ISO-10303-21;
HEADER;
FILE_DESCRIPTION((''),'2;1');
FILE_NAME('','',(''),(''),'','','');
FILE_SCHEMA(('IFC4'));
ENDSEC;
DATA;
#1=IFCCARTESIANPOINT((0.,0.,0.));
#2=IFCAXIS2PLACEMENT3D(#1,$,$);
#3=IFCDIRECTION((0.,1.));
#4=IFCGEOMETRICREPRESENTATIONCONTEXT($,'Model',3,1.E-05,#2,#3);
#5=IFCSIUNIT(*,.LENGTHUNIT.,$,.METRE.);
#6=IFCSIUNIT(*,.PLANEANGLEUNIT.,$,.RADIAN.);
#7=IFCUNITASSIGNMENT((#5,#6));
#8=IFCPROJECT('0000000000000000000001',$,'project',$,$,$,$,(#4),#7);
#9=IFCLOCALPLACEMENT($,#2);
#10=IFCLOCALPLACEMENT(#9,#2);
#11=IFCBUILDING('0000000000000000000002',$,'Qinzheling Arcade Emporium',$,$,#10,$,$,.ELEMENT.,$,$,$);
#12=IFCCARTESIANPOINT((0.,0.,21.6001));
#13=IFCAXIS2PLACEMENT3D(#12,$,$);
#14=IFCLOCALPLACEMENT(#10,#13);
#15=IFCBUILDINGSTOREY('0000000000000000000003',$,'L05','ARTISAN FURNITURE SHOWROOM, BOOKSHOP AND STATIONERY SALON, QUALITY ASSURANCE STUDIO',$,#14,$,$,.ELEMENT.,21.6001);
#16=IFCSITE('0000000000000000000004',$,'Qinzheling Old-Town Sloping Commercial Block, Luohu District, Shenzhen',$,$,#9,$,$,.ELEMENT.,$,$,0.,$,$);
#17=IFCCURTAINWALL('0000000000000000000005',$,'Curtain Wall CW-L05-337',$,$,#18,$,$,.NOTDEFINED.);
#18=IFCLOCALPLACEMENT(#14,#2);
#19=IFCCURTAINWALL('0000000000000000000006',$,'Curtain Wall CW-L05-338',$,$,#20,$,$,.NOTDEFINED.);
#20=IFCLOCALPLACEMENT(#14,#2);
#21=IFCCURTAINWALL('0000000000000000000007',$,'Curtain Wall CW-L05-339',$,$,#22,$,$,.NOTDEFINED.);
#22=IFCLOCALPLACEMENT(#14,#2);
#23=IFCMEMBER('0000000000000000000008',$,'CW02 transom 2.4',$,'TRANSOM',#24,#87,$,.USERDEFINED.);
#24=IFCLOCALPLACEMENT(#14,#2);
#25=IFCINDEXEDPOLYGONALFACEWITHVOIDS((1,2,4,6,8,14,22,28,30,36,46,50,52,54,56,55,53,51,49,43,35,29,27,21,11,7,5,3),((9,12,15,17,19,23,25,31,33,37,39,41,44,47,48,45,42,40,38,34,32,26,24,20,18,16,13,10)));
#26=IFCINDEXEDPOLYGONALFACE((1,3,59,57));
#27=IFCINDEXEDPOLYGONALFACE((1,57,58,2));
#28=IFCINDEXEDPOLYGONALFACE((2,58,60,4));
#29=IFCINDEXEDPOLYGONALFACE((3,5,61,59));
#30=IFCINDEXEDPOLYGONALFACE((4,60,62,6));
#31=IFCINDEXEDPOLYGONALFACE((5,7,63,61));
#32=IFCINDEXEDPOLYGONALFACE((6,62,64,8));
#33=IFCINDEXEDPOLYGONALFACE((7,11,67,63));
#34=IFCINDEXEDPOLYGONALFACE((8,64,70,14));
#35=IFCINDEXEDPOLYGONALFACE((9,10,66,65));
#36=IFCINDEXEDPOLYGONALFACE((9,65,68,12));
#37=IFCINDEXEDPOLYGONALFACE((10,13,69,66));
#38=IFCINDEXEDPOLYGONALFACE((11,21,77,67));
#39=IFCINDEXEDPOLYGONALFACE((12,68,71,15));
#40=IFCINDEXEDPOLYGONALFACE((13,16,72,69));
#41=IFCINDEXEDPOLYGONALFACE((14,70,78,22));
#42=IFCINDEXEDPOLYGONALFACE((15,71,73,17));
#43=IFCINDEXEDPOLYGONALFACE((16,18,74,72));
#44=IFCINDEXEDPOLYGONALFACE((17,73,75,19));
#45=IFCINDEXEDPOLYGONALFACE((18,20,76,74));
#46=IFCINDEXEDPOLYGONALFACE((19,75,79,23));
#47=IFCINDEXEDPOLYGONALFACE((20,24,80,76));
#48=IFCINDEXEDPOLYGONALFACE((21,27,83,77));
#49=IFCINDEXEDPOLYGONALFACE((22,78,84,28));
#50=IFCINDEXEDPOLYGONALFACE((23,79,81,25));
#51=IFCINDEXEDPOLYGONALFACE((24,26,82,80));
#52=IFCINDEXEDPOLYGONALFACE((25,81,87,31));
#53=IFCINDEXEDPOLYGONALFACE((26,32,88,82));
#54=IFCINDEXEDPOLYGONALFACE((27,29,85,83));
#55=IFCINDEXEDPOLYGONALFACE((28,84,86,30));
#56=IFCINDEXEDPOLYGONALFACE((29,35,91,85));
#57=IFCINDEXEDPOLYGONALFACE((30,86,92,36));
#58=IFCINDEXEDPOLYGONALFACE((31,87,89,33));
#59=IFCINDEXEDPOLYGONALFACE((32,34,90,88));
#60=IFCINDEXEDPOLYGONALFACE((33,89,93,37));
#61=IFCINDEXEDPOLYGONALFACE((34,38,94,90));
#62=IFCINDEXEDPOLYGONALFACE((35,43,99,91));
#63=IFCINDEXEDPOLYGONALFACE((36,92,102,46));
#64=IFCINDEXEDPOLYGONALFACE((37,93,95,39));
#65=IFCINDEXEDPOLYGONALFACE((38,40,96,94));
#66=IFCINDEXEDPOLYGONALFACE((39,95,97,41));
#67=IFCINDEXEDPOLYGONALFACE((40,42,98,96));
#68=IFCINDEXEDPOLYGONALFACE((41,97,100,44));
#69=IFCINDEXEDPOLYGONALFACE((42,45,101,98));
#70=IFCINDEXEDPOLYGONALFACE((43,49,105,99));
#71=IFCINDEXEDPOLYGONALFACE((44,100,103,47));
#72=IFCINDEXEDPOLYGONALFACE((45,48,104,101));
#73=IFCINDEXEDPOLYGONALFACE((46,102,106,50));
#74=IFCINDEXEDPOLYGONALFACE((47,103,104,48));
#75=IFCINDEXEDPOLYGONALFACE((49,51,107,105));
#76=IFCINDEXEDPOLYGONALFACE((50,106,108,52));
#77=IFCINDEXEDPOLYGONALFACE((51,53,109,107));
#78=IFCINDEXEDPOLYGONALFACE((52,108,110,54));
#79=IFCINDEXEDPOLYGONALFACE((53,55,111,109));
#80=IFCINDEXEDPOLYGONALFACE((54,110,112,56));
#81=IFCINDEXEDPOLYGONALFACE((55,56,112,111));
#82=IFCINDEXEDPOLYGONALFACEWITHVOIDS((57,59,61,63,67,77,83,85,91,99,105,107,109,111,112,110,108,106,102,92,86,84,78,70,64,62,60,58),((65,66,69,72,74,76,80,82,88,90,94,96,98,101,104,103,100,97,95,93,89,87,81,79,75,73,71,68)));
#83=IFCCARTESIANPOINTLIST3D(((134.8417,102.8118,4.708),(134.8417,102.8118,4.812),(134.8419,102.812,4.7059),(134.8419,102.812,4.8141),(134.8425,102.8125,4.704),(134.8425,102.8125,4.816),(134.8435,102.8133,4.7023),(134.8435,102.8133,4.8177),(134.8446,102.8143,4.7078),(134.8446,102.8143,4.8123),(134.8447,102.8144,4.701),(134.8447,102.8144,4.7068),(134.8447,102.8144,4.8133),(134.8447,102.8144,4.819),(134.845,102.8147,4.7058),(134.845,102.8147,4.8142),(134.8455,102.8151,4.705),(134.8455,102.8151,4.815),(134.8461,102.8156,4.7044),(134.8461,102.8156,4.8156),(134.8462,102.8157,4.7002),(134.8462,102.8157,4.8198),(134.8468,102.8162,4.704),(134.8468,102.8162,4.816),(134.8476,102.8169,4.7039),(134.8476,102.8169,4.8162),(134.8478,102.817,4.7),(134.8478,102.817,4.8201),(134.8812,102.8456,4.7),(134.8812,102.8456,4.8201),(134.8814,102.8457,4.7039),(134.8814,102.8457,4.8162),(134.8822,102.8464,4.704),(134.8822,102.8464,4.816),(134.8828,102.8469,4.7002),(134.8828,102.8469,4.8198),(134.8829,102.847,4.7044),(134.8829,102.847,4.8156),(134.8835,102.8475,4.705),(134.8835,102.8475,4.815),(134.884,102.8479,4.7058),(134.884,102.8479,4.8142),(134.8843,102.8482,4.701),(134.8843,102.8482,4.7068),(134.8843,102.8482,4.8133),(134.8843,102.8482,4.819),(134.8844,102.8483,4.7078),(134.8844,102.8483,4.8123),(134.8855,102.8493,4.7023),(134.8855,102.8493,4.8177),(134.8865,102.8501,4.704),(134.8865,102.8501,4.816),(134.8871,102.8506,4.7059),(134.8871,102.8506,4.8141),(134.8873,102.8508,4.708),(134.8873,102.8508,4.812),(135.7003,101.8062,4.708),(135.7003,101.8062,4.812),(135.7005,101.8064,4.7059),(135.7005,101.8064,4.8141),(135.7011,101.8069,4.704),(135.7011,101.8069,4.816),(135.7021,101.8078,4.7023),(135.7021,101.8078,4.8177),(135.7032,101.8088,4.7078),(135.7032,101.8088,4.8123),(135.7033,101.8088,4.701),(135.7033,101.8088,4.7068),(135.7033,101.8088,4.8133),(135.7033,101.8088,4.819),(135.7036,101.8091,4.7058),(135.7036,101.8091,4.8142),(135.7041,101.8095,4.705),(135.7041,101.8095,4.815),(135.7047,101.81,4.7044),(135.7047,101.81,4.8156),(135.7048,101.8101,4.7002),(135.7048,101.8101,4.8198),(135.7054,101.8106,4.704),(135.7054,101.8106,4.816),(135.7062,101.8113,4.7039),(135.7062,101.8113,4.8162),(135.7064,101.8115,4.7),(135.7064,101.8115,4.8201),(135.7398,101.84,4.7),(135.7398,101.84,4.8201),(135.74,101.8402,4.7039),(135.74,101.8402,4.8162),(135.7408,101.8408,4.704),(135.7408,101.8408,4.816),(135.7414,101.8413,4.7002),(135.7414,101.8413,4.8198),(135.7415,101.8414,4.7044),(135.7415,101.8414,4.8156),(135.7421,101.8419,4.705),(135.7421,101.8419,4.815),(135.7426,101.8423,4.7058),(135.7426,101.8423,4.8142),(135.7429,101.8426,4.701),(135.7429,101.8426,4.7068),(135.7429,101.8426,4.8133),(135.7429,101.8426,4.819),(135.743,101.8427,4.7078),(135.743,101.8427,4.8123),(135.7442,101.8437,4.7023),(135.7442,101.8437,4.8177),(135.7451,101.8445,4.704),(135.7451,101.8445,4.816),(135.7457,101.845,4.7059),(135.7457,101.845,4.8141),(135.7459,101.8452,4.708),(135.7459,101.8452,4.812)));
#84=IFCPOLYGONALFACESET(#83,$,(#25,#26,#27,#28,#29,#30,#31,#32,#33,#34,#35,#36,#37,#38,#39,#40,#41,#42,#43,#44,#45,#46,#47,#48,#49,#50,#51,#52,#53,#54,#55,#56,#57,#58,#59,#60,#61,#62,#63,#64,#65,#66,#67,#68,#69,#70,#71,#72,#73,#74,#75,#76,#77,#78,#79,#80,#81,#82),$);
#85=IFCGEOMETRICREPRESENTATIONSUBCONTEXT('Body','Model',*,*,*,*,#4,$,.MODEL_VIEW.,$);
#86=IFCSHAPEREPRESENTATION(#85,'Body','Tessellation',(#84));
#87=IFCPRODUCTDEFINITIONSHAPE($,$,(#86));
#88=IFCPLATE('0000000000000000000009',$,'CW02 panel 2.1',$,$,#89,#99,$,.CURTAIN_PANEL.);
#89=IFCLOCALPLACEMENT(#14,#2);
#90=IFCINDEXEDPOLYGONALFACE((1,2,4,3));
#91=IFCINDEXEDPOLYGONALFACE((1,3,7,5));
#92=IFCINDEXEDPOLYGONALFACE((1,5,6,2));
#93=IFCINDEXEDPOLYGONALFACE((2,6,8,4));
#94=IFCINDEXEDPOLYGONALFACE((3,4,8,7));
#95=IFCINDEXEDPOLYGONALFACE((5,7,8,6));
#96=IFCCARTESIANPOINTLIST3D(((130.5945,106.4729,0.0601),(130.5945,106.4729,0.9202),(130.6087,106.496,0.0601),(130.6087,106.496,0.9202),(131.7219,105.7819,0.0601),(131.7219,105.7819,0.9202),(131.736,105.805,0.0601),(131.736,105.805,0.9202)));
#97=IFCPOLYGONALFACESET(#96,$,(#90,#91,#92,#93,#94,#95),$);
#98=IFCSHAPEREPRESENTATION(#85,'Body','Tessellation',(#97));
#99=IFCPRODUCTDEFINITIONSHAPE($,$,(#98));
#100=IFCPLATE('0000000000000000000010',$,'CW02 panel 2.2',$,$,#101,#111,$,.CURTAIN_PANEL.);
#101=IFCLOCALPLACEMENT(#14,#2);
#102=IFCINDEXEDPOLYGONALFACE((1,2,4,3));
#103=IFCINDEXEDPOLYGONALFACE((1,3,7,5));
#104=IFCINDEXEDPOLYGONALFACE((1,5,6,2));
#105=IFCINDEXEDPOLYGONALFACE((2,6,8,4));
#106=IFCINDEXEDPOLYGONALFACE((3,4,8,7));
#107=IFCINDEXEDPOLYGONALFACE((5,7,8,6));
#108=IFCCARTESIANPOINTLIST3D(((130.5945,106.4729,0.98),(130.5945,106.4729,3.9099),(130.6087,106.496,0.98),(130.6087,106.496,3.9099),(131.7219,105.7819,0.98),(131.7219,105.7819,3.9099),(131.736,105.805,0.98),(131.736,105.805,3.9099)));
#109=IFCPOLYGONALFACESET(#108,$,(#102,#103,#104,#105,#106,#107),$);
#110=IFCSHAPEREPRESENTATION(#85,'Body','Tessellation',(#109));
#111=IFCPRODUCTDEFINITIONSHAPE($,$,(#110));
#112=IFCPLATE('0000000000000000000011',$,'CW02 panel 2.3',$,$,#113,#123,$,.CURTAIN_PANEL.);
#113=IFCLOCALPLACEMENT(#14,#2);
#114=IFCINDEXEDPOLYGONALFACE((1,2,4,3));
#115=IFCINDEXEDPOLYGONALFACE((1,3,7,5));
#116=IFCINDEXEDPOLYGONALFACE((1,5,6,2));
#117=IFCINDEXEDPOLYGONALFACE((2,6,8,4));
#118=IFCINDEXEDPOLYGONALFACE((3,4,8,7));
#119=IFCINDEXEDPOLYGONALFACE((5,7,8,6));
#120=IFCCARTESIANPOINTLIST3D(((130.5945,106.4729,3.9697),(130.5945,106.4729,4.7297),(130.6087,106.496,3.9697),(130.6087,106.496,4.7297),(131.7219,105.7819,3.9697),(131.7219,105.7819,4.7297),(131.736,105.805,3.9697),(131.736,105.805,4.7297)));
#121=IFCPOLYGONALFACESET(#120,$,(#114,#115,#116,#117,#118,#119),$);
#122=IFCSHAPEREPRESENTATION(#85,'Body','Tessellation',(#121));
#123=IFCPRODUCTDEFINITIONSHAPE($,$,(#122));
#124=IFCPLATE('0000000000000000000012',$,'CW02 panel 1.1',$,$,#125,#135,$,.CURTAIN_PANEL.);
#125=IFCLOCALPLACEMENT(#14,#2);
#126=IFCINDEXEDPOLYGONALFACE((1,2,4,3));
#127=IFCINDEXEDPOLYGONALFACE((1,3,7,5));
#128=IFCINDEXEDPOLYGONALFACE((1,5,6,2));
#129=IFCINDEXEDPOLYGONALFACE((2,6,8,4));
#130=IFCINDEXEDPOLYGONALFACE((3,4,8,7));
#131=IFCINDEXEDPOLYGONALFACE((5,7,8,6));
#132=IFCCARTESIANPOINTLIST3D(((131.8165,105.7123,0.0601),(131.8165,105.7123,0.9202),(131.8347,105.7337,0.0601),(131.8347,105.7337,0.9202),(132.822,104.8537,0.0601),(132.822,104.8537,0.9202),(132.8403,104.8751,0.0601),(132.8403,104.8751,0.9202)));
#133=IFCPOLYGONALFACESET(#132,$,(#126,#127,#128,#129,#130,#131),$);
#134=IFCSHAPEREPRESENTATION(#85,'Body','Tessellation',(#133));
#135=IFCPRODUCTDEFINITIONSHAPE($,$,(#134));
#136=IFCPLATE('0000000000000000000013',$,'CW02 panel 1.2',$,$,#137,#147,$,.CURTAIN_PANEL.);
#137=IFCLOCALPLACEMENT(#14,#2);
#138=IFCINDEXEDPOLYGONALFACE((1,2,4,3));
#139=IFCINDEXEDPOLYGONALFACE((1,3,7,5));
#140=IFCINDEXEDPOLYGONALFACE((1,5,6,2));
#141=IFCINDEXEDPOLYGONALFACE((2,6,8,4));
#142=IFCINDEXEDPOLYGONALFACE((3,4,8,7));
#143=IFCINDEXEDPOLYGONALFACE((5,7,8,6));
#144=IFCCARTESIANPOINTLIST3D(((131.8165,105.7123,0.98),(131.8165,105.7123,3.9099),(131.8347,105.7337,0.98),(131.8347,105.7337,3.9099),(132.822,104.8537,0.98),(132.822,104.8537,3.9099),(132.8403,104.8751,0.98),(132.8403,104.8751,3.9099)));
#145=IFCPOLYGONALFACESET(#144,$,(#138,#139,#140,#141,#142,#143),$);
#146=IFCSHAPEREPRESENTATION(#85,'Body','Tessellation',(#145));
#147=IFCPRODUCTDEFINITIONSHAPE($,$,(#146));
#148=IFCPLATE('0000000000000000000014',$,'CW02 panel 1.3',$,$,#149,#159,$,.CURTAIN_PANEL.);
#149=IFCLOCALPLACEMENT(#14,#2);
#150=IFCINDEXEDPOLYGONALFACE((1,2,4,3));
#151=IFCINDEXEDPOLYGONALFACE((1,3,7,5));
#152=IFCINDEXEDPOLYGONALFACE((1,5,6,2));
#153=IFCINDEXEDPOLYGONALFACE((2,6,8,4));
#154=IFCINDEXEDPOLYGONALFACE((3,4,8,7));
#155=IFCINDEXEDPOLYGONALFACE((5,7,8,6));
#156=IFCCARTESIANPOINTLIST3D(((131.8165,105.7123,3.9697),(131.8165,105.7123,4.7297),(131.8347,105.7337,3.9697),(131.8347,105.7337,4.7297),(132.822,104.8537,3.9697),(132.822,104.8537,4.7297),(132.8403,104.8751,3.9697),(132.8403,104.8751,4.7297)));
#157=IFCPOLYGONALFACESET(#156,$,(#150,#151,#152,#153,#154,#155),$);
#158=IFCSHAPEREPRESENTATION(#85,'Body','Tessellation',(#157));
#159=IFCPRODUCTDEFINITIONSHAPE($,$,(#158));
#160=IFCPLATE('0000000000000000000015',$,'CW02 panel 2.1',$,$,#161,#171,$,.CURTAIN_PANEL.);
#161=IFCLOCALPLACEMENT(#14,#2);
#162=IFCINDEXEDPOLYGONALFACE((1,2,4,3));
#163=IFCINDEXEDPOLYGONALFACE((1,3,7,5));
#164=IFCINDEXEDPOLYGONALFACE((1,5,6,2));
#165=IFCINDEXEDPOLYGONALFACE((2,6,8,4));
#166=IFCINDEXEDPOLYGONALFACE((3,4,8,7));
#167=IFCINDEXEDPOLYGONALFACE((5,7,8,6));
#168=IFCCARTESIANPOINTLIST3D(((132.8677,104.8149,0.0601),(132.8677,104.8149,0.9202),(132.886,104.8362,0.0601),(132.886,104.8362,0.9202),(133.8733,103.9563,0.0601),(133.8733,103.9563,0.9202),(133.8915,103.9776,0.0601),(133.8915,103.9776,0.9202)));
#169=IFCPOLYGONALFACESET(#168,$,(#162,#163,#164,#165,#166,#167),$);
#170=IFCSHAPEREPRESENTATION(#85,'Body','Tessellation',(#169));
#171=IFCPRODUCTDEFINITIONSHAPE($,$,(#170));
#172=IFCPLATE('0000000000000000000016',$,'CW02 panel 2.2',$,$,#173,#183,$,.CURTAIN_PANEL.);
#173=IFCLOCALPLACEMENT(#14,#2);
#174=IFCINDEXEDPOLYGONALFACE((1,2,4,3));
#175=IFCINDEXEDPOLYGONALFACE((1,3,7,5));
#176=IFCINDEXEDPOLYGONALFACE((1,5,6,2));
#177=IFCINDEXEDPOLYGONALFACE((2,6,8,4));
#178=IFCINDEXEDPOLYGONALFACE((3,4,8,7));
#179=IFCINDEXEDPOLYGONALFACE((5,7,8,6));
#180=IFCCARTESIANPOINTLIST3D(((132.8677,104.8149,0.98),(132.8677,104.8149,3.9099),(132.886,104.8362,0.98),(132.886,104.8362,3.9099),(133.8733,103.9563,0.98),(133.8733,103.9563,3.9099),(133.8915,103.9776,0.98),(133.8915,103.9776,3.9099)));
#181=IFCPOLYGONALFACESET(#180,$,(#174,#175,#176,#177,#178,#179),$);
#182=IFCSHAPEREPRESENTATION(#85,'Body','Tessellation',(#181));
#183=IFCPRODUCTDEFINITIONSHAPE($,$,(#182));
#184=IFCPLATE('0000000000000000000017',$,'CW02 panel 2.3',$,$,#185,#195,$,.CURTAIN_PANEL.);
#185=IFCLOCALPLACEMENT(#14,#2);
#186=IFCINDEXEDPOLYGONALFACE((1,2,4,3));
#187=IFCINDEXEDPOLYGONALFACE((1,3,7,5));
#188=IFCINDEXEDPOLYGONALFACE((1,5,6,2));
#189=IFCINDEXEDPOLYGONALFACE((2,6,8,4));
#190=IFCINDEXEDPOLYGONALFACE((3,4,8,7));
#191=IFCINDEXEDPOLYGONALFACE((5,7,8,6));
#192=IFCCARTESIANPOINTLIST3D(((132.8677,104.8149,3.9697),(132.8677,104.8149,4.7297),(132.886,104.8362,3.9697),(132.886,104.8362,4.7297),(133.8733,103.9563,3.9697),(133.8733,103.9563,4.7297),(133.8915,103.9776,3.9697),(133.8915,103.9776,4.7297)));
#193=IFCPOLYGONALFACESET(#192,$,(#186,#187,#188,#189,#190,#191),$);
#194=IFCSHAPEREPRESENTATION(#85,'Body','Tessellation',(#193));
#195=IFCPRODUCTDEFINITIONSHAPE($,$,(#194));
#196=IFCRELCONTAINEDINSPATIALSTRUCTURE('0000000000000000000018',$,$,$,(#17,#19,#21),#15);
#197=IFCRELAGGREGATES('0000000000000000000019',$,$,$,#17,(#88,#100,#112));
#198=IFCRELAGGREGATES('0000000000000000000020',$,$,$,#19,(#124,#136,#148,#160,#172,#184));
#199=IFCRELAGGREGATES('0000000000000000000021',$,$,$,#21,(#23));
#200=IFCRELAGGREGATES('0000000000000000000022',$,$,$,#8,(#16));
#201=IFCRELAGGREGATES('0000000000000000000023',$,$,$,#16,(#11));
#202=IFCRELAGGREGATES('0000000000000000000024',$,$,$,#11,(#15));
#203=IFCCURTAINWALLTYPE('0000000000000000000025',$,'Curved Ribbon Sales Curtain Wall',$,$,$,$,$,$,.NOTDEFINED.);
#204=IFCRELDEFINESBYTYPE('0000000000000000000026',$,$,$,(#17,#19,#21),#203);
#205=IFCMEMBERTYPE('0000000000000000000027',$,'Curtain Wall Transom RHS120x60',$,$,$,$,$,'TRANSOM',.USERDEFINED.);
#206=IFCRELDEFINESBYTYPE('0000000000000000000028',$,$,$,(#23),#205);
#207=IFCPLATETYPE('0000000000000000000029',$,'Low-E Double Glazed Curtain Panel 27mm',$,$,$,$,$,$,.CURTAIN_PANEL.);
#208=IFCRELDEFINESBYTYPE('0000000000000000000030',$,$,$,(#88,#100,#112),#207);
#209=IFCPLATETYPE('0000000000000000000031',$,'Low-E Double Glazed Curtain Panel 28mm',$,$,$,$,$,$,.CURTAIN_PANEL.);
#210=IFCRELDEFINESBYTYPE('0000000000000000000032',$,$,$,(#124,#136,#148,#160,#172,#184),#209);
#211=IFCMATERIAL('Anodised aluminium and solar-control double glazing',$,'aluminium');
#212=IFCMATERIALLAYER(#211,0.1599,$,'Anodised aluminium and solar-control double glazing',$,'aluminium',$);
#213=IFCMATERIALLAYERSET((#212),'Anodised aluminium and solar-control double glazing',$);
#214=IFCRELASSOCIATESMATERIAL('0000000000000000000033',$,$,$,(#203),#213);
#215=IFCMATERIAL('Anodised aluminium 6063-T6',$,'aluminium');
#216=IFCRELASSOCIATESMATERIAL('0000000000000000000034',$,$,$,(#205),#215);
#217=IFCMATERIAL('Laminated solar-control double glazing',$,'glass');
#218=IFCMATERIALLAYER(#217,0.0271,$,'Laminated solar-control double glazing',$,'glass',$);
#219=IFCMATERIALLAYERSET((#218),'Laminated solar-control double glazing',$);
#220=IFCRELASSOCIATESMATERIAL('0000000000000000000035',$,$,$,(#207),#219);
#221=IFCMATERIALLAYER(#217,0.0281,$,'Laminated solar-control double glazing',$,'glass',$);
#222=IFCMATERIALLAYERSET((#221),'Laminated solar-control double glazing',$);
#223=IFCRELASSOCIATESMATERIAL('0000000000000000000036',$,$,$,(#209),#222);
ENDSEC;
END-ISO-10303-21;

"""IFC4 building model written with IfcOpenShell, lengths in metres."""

from ifc_helpers import new_model, si_unit, direction, frame, origin, origin_2d, place, context, subcontext, project, spatial, rectangle, hollow_rectangle, extrude, material, layer, layer_set, material_profile, profile_set, type_object, element, aggregate, save


model = new_model("IFC4")

# Units and contexts
model_context = context("Model", 3, precision=1e-05, world=origin(), true_north=direction((0.0, 1.0)))
body_context = subcontext(model_context, "Body", "Model", "MODEL_VIEW")
ifc_project = project(units=[si_unit("LENGTHUNIT", "METRE"), si_unit("PLANEANGLEUNIT", "RADIAN")], contexts=[model_context])

# Site, building, storey
site_placement = place(None, origin())
site = spatial("IfcSite", under=ifc_project, at=site_placement, Name="Qinzheling Old-Town Sloping Commercial Block, Luohu District, Shenzhen", CompositionType="ELEMENT", RefElevation=0.0)
building_placement = place(site_placement, origin())
building = spatial("IfcBuilding", under=site, at=building_placement, Name="Qinzheling Arcade Emporium", CompositionType="ELEMENT")
storey_placement = place(building_placement, frame((0.0, 0.0, 21.6001)))
storey = spatial("IfcBuildingStorey", under=building, at=storey_placement, Name="L05", Description="ARTISAN FURNITURE SHOWROOM, BOOKSHOP AND STATIONERY SALON, QUALITY ASSURANCE STUDIO", CompositionType="ELEMENT", Elevation=21.6001)

# Curtain wall
ifc_material_1 = material(Name="Anodised aluminium and solar-control double glazing", Category="aluminium")
ifc_layer_1 = layer(ifc_material_1, 0.1599, Name="Anodised aluminium and solar-control double glazing", Category="aluminium")
ifc_layer_set_1 = layer_set([ifc_layer_1], Name="Anodised aluminium and solar-control double glazing")
curtain_wall_type = type_object("IfcCurtainWallType", Name="Curved Ribbon Sales Curtain Wall", PredefinedType="NOTDEFINED", material=ifc_layer_set_1)
curtain_wall_1_placement = place(storey_placement, origin())
curtain_wall_1 = element("IfcCurtainWall", 1, at=curtain_wall_1_placement, inside=storey, type_object=curtain_wall_type, Name="Curtain Wall CW-L05-337", PredefinedType="NOTDEFINED")
ifc_material_2 = material(Name="Anodised aluminium 6063-T6", Category="aluminium")

# Curtain walls
curtain_wall_2_placement = place(storey_placement, origin())
curtain_wall_2 = element("IfcCurtainWall", 2, at=curtain_wall_2_placement, inside=storey, type_object=curtain_wall_type, Name="Curtain Wall CW-L05-338", PredefinedType="NOTDEFINED")
curtain_wall_3_placement = place(storey_placement, origin())
curtain_wall_3 = element("IfcCurtainWall", 3, at=curtain_wall_3_placement, inside=storey, type_object=curtain_wall_type, Name="Curtain Wall CW-L05-339", PredefinedType="NOTDEFINED")

# Member
ifc_material_profile_1 = material_profile(ifc_material_2, hollow_rectangle(XDim=0.0601, YDim=0.1201, WallThickness=0.0039, InnerFilletRadius=0.0039, OuterFilletRadius=0.0081, at=origin_2d()), Name="RHS 120x60x4", Category="aluminium")
ifc_profile_set_1 = profile_set([ifc_material_profile_1], Name="Anodised aluminium 6063-T6")
member_type_1 = type_object("IfcMemberType", Name="Curtain Wall Transom RHS120x60", ElementType="TRANSOM", PredefinedType="USERDEFINED", material=ifc_profile_set_1)
member_1_placement = place(storey_placement, frame((134.8645, 102.8313, 4.76), z_axis=(0.649346, -0.760493, 0.0), x_axis=(0.760493, 0.649346, 0.0)))
member_1 = element("IfcMember", 4, at=member_1_placement, type_object=member_type_1, Name="CW02 transom 2.4", ObjectType="TRANSOM", PredefinedType="USERDEFINED", context=body_context, shape_type="SweptSolid", body=[
    extrude(hollow_rectangle(XDim=0.0601, YDim=0.1201, WallThickness=0.0039, InnerFilletRadius=0.0039, OuterFilletRadius=0.0081, at=origin_2d()), origin(), (0.0, 0.0, 1.0), 1.3223),
])

# Plates
ifc_material_3 = material(Name="Laminated solar-control double glazing", Category="glass")
ifc_layer_2 = layer(ifc_material_3, 0.0271, Name="Laminated solar-control double glazing", Category="glass")
ifc_layer_set_2 = layer_set([ifc_layer_2], Name="Laminated solar-control double glazing")
plate_type_1 = type_object("IfcPlateType", Name="Low-E Double Glazed Curtain Panel 27mm", PredefinedType="CURTAIN_PANEL", material=ifc_layer_set_2)
plate_1_placement = place(storey_placement, frame((131.1653, 106.1389, 0.0601), z_axis=(0.0, 0.0, 1.0), x_axis=(0.852581, -0.522595, 0.0)))
plate_1 = element("IfcPlate", 5, at=plate_1_placement, type_object=plate_type_1, Name="CW02 panel 2.1", PredefinedType="CURTAIN_PANEL", context=body_context, shape_type="SweptSolid", body=[
    extrude(rectangle(XDim=1.3223, YDim=0.0271, at=origin_2d()), origin(), (0.0, 0.0, 1.0), 0.8601),
])
plate_2_placement = place(storey_placement, frame((131.1653, 106.1389, 0.98), z_axis=(0.0, 0.0, 1.0), x_axis=(0.852581, -0.522595, 0.0)))
plate_2 = element("IfcPlate", 6, at=plate_2_placement, type_object=plate_type_1, Name="CW02 panel 2.2", PredefinedType="CURTAIN_PANEL", context=body_context, shape_type="SweptSolid", body=[
    extrude(rectangle(XDim=1.3223, YDim=0.0271, at=origin_2d()), origin(), (0.0, 0.0, 1.0), 2.9299),
])
plate_3_placement = place(storey_placement, frame((131.1653, 106.1389, 3.9697), z_axis=(0.0, 0.0, 1.0), x_axis=(0.852581, -0.522595, 0.0)))
plate_3 = element("IfcPlate", 7, at=plate_3_placement, type_object=plate_type_1, Name="CW02 panel 2.3", PredefinedType="CURTAIN_PANEL", context=body_context, shape_type="SweptSolid", body=[
    extrude(rectangle(XDim=1.3223, YDim=0.0271, at=origin_2d()), origin(), (0.0, 0.0, 1.0), 0.76),
])
aggregate(curtain_wall_1, [plate_1, plate_2, plate_3])
ifc_layer_3 = layer(ifc_material_3, 0.0281, Name="Laminated solar-control double glazing", Category="glass")
ifc_layer_set_3 = layer_set([ifc_layer_3], Name="Laminated solar-control double glazing")
plate_type_2 = type_object("IfcPlateType", Name="Low-E Double Glazed Curtain Panel 28mm", PredefinedType="CURTAIN_PANEL", material=ifc_layer_set_3)
plate_4_placement = place(storey_placement, frame((132.3284, 105.2937, 0.0601), z_axis=(0.0, 0.0, 1.0), x_axis=(0.760505, -0.649332, 0.0)))
plate_4 = element("IfcPlate", 8, at=plate_4_placement, type_object=plate_type_2, Name="CW02 panel 1.1", PredefinedType="CURTAIN_PANEL", context=body_context, shape_type="SweptSolid", body=[
    extrude(rectangle(XDim=1.3223, YDim=0.0281, at=origin_2d()), origin(), (0.0, 0.0, 1.0), 0.8601),
])
plate_5_placement = place(storey_placement, frame((132.3284, 105.2937, 0.98), z_axis=(0.0, 0.0, 1.0), x_axis=(0.760505, -0.649332, 0.0)))
plate_5 = element("IfcPlate", 9, at=plate_5_placement, type_object=plate_type_2, Name="CW02 panel 1.2", PredefinedType="CURTAIN_PANEL", context=body_context, shape_type="SweptSolid", body=[
    extrude(rectangle(XDim=1.3223, YDim=0.0281, at=origin_2d()), origin(), (0.0, 0.0, 1.0), 2.9299),
])
plate_6_placement = place(storey_placement, frame((132.3284, 105.2937, 3.9697), z_axis=(0.0, 0.0, 1.0), x_axis=(0.760505, -0.649332, 0.0)))
plate_6 = element("IfcPlate", 10, at=plate_6_placement, type_object=plate_type_2, Name="CW02 panel 1.3", PredefinedType="CURTAIN_PANEL", context=body_context, shape_type="SweptSolid", body=[
    extrude(rectangle(XDim=1.3223, YDim=0.0281, at=origin_2d()), origin(), (0.0, 0.0, 1.0), 0.76),
])
plate_7_placement = place(storey_placement, frame((133.3796, 104.3962, 0.0601), z_axis=(0.0, 0.0, 1.0), x_axis=(0.760505, -0.649332, 0.0)))
plate_7 = element("IfcPlate", 11, at=plate_7_placement, type_object=plate_type_2, Name="CW02 panel 2.1", PredefinedType="CURTAIN_PANEL", context=body_context, shape_type="SweptSolid", body=[
    extrude(rectangle(XDim=1.3223, YDim=0.0281, at=origin_2d()), origin(), (0.0, 0.0, 1.0), 0.8601),
])
plate_8_placement = place(storey_placement, frame((133.3796, 104.3962, 0.98), z_axis=(0.0, 0.0, 1.0), x_axis=(0.760505, -0.649332, 0.0)))
plate_8 = element("IfcPlate", 12, at=plate_8_placement, type_object=plate_type_2, Name="CW02 panel 2.2", PredefinedType="CURTAIN_PANEL", context=body_context, shape_type="SweptSolid", body=[
    extrude(rectangle(XDim=1.3223, YDim=0.0281, at=origin_2d()), origin(), (0.0, 0.0, 1.0), 2.9299),
])
plate_9_placement = place(storey_placement, frame((133.3796, 104.3962, 3.9697), z_axis=(0.0, 0.0, 1.0), x_axis=(0.760505, -0.649332, 0.0)))
plate_9 = element("IfcPlate", 13, at=plate_9_placement, type_object=plate_type_2, Name="CW02 panel 2.3", PredefinedType="CURTAIN_PANEL", context=body_context, shape_type="SweptSolid", body=[
    extrude(rectangle(XDim=1.3223, YDim=0.0281, at=origin_2d()), origin(), (0.0, 0.0, 1.0), 0.76),
])
aggregate(curtain_wall_2, [plate_4, plate_5, plate_6, plate_7, plate_8, plate_9])
aggregate(curtain_wall_3, [member_1])

save(model, "model.ifc")
